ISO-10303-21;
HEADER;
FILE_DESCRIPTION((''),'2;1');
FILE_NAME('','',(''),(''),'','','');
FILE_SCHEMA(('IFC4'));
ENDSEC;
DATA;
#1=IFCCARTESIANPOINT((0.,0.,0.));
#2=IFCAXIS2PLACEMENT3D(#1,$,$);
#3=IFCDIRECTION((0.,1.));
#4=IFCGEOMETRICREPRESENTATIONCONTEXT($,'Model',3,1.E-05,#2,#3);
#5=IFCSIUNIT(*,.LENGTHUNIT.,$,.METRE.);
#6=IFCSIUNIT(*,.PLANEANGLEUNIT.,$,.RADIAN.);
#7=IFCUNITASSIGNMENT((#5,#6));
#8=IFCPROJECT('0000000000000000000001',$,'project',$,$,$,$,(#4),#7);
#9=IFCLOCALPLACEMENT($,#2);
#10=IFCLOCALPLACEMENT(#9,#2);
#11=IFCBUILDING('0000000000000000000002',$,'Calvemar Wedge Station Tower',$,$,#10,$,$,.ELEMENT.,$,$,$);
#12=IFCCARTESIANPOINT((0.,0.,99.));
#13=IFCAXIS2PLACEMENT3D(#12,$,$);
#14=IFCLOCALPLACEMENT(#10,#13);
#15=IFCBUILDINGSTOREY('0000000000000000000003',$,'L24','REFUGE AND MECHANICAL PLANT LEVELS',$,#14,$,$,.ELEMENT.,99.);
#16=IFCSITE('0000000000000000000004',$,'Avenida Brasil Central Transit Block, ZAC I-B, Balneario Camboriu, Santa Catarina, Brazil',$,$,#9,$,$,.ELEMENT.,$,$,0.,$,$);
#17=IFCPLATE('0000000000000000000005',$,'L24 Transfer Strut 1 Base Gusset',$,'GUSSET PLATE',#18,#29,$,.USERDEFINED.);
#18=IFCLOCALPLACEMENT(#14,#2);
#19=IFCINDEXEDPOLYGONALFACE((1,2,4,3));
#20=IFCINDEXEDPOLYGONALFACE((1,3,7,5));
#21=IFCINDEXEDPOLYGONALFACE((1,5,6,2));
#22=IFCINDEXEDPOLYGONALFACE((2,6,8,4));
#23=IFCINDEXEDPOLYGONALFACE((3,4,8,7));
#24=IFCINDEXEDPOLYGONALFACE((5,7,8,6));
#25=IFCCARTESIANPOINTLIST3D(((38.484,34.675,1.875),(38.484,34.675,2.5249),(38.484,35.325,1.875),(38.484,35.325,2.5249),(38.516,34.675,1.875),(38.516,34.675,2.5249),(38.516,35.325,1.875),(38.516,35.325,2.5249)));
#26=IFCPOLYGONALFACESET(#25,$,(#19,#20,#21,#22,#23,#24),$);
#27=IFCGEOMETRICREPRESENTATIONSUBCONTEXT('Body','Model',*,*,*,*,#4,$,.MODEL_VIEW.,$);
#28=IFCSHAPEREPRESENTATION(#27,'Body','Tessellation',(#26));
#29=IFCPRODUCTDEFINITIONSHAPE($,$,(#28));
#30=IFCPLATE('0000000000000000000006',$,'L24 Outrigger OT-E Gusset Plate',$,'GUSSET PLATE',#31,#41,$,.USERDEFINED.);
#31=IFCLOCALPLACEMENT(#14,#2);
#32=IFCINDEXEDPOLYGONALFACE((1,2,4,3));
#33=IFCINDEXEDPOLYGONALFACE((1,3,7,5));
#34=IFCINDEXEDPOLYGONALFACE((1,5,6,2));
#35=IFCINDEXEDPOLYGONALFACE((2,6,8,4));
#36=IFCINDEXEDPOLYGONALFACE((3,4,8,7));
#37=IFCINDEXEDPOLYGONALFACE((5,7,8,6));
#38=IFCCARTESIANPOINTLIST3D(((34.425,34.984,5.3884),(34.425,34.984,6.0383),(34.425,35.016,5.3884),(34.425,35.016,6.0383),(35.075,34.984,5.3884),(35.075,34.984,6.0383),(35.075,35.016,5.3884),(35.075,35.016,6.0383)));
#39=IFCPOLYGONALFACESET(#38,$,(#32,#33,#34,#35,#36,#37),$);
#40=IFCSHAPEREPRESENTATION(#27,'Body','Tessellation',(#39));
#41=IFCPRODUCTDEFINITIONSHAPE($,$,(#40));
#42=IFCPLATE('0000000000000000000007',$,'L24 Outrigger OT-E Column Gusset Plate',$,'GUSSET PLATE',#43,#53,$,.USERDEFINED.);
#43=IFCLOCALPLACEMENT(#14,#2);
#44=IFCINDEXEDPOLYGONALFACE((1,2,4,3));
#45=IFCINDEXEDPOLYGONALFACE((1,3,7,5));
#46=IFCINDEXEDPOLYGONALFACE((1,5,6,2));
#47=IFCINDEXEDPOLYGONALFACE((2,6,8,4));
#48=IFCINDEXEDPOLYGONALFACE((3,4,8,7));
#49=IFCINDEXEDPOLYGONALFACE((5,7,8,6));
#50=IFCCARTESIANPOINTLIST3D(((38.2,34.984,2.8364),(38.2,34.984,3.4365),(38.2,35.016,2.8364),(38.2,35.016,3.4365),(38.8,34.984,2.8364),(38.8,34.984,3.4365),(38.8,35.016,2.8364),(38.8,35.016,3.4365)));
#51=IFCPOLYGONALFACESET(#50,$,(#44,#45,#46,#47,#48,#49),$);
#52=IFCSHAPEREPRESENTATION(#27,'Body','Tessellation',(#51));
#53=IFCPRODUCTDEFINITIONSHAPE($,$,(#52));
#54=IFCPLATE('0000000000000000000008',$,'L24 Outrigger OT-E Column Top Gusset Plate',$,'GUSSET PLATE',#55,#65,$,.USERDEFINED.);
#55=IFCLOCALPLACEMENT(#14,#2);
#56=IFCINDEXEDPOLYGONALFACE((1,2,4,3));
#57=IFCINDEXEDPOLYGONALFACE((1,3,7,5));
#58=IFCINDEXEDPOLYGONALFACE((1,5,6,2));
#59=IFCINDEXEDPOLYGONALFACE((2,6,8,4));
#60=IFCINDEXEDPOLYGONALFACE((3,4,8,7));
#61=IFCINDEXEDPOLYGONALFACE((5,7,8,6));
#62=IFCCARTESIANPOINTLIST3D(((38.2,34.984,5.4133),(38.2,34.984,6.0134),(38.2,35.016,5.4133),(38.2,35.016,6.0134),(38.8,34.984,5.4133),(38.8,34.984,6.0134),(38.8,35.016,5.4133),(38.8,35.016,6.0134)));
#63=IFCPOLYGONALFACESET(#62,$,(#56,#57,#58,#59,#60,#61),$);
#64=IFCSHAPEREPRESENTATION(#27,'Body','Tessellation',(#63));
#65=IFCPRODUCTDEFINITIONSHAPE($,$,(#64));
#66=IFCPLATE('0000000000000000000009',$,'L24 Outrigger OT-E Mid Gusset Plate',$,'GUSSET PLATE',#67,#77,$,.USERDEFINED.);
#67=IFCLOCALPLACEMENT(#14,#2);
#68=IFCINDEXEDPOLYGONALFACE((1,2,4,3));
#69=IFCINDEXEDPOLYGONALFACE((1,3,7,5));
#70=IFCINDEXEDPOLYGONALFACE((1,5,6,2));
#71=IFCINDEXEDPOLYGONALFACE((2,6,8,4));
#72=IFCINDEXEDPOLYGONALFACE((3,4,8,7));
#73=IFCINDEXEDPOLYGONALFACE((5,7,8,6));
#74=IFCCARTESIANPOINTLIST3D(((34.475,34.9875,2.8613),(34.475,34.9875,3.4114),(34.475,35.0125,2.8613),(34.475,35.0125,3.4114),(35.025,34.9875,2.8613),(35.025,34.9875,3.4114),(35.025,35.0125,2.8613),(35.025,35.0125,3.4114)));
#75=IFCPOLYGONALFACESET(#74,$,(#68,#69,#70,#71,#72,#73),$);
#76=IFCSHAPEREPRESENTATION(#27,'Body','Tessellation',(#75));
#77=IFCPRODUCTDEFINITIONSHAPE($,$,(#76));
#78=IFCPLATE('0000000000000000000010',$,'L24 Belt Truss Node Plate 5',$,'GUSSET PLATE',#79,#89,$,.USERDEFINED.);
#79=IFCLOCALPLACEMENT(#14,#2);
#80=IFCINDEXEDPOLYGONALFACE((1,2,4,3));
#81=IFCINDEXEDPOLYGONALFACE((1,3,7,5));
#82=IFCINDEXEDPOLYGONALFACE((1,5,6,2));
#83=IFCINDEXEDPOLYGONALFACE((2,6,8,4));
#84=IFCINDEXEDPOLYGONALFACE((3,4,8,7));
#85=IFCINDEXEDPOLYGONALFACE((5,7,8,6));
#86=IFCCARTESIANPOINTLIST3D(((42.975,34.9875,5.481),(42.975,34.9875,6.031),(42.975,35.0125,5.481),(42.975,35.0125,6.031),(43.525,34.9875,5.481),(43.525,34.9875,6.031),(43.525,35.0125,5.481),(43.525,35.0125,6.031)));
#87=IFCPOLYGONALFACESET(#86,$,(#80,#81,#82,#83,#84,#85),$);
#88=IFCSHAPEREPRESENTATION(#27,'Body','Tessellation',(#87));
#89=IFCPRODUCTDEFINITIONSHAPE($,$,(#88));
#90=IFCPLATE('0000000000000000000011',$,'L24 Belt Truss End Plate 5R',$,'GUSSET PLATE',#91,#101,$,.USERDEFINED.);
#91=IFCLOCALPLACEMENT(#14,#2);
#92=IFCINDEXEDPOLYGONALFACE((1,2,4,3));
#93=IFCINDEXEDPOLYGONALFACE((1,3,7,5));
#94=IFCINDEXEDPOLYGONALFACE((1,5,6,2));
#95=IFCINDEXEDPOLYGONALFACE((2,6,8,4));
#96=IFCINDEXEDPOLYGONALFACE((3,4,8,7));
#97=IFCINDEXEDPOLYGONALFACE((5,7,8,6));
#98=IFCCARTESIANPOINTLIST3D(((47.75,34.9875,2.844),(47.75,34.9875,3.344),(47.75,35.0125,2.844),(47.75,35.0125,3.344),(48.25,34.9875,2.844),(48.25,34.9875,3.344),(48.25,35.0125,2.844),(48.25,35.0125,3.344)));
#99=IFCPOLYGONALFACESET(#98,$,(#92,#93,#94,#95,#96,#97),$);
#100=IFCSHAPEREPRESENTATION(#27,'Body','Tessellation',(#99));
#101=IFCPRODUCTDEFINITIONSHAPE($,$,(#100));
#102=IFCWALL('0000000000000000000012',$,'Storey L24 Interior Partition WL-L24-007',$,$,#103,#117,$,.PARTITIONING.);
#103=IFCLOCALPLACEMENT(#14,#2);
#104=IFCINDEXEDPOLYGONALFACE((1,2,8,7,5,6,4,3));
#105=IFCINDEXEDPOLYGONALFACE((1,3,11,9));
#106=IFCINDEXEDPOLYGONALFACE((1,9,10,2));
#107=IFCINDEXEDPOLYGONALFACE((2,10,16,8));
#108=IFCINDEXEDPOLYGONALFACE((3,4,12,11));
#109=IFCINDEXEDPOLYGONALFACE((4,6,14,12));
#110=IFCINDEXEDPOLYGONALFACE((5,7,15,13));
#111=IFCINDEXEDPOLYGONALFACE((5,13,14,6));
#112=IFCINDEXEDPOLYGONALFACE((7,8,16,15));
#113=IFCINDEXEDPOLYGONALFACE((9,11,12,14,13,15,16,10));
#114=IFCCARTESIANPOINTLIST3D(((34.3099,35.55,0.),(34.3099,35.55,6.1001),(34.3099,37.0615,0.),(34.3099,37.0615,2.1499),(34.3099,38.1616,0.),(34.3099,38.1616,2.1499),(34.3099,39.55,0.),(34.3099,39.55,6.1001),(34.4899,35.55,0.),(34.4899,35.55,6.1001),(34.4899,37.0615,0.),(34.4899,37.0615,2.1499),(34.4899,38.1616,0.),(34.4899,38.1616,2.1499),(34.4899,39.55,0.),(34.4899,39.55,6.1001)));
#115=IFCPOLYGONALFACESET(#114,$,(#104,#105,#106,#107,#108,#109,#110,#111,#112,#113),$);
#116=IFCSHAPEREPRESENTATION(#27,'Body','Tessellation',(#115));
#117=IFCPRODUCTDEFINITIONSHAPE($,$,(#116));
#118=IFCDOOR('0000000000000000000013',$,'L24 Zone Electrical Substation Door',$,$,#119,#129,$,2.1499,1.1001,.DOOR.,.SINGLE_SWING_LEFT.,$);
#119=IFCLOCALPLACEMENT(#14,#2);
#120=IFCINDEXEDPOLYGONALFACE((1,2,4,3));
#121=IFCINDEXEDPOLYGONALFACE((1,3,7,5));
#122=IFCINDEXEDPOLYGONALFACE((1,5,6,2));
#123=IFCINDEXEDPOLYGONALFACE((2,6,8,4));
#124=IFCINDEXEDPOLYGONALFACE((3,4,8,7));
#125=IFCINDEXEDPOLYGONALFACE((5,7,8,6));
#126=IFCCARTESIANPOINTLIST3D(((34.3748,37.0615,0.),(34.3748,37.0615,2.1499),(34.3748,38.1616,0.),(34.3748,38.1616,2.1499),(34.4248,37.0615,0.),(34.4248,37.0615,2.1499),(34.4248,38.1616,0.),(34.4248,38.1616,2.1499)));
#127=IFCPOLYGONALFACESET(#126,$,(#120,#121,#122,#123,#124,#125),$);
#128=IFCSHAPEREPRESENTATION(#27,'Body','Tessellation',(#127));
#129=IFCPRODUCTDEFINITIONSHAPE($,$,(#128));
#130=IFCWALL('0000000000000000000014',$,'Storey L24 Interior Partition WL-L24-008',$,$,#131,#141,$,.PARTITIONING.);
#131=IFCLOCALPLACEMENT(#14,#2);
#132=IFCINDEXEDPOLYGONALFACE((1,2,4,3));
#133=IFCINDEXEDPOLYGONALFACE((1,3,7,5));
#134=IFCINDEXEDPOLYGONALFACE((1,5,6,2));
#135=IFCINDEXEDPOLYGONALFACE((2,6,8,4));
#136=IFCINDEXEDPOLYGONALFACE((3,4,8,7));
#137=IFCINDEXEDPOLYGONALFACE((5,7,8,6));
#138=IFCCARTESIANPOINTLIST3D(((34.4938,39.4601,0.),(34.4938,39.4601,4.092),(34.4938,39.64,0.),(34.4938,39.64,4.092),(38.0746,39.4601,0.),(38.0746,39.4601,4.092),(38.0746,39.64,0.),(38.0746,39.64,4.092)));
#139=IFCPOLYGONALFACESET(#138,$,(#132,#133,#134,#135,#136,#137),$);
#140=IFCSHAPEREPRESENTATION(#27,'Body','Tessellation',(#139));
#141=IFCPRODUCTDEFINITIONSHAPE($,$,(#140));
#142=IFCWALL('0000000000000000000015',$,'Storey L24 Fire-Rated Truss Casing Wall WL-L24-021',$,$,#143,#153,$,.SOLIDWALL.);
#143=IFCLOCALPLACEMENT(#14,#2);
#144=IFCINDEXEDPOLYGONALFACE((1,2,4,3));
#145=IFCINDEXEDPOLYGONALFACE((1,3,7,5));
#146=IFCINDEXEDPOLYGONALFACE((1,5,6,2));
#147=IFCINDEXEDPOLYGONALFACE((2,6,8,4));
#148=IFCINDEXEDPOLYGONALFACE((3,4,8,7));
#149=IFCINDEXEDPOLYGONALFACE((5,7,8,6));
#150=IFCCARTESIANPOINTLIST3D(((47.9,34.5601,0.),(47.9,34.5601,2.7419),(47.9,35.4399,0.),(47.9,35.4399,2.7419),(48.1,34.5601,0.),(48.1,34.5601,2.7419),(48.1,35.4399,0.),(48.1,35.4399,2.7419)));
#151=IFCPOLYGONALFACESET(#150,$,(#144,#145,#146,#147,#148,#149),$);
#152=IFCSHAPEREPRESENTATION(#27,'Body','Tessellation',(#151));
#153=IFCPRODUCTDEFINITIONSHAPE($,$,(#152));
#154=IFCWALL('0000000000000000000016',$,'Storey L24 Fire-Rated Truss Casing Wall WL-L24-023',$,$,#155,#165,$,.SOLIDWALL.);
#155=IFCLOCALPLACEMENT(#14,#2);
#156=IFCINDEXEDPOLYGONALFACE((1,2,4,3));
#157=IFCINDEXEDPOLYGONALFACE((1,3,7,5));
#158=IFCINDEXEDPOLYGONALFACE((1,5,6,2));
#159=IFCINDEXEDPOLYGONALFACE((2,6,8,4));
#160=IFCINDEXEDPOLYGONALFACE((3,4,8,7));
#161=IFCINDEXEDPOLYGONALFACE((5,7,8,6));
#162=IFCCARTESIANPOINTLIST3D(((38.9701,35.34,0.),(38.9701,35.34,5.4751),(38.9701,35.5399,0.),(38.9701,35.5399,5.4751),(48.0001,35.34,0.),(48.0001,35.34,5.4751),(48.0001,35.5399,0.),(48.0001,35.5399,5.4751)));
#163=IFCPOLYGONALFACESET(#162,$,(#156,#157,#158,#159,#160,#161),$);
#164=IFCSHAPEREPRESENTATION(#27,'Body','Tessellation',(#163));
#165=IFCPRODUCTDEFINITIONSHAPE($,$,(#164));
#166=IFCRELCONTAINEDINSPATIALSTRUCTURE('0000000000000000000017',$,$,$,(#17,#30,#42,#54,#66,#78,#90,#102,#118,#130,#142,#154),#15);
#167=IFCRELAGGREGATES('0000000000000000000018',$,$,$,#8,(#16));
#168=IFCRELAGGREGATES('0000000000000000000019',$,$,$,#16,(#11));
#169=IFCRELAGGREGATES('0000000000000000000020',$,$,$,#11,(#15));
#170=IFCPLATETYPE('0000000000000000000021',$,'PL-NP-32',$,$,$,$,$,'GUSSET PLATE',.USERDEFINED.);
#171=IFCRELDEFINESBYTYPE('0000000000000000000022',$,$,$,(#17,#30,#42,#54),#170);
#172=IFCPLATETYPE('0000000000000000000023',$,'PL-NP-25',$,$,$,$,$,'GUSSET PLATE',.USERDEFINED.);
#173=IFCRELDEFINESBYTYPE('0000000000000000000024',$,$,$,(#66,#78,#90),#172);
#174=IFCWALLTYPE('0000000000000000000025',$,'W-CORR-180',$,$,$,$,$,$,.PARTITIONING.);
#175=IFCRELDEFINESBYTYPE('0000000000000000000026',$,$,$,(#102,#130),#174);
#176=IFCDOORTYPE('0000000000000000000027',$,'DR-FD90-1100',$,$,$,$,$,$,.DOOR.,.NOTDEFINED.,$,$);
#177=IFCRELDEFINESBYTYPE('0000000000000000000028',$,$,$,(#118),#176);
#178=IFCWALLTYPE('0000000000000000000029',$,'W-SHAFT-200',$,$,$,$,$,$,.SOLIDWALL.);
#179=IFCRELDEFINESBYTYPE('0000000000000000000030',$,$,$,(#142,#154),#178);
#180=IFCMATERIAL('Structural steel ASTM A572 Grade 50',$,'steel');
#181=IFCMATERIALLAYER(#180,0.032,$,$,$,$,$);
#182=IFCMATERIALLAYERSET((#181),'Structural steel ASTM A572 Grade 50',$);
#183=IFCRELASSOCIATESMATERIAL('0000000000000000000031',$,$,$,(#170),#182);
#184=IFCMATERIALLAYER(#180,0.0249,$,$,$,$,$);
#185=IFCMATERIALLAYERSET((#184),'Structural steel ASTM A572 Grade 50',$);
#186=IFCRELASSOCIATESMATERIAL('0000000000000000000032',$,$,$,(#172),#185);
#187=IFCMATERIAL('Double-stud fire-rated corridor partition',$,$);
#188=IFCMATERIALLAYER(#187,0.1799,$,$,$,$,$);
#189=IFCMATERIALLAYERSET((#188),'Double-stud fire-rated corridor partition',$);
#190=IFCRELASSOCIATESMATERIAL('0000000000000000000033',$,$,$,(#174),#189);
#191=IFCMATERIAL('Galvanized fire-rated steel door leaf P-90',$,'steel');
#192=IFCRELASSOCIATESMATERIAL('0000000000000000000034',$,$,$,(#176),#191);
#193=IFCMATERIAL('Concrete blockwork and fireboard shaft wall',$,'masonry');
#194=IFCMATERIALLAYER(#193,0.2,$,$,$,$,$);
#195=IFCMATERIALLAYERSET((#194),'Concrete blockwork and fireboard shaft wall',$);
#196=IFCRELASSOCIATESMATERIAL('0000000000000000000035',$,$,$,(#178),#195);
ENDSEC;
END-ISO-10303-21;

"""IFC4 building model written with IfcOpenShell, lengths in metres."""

from ifc_helpers import new_model, si_unit, direction, frame, frame_2d, origin, origin_2d, place, context, subcontext, project, spatial, rectangle, extrude, source, transform, mapped, material, layer, layer_set, type_object, element, fill, save


model = new_model("IFC4")

# Units and contexts
model_context = context("Model", 3, precision=1e-05, world=origin(), true_north=direction((0.0, 1.0)))
body_context = subcontext(model_context, "Body", "Model", "MODEL_VIEW")
ifc_project = project(units=[si_unit("LENGTHUNIT", "METRE"), si_unit("PLANEANGLEUNIT", "RADIAN")], contexts=[model_context])

# Site, building, storey
site_placement = place(None, origin())
site = spatial("IfcSite", under=ifc_project, at=site_placement, Name="Avenida Brasil Central Transit Block, ZAC I-B, Balneario Camboriu, Santa Catarina, Brazil", CompositionType="ELEMENT", RefElevation=0.0)
building_placement = place(site_placement, origin())
building = spatial("IfcBuilding", under=site, at=building_placement, Name="Calvemar Wedge Station Tower", CompositionType="ELEMENT")
storey_placement = place(building_placement, frame((0.0, 0.0, 99.0)))
storey = spatial("IfcBuildingStorey", under=building, at=storey_placement, Name="L24", Description="REFUGE AND MECHANICAL PLANT LEVELS", CompositionType="ELEMENT", Elevation=99.0)

# Shared definitions
ifc_material_1 = material(Name="Structural steel ASTM A572 Grade 50", Category="steel")

# Plates
ifc_layer_1 = layer(ifc_material_1, 0.032)
ifc_layer_set_1 = layer_set([ifc_layer_1], Name="Structural steel ASTM A572 Grade 50")
plate_type_1 = type_object("IfcPlateType", Name="PL-NP-32", ElementType="GUSSET PLATE", PredefinedType="USERDEFINED", material=ifc_layer_set_1)
shared_shape_1 = source(origin(), body_context, "Body", "SweptSolid", [
    extrude(rectangle(XDim=0.6499, YDim=0.032, at=origin_2d()), origin(), (0.0, 0.0, 1.0), 0.6499),
])
for number, where, z_axis, x_axis, name in (
    (1, (38.5, 35.0, 1.875), (0.0, 0.0, 1.0), (0.0, 1.0, 0.0), "L24 Transfer Strut 1 Base Gusset"),
    (2, (34.75, 35.0, 5.3884), (0.0, 0.0, 1.0), (1.0, 0.0, 0.0), "L24 Outrigger OT-E Gusset Plate"),
):
    element("IfcPlate", number, at=place(storey_placement, frame(where, z_axis=z_axis, x_axis=x_axis)), inside=storey, type_object=plate_type_1, Name=name, ObjectType="GUSSET PLATE", PredefinedType="USERDEFINED", context=body_context, shape_type="MappedRepresentation", body=[
        mapped(shared_shape_1, transform((0.0, 0.0, 0.0), scale=1.0)),
    ])
shared_shape_2 = source(origin(), body_context, "Body", "SweptSolid", [
    extrude(rectangle(XDim=0.6001, YDim=0.032, at=origin_2d()), origin(), (0.0, 0.0, 1.0), 0.6001),
])
for number, where, z_axis, x_axis, name in (
    (3, (38.5, 35.0, 2.8364), (0.0, 0.0, 1.0), (1.0, 0.0, 0.0), "L24 Outrigger OT-E Column Gusset Plate"),
    (4, (38.5, 35.0, 5.4133), (0.0, 0.0, 1.0), (1.0, 0.0, 0.0), "L24 Outrigger OT-E Column Top Gusset Plate"),
):
    element("IfcPlate", number, at=place(storey_placement, frame(where, z_axis=z_axis, x_axis=x_axis)), inside=storey, type_object=plate_type_1, Name=name, ObjectType="GUSSET PLATE", PredefinedType="USERDEFINED", context=body_context, shape_type="MappedRepresentation", body=[
        mapped(shared_shape_2, transform((0.0, 0.0, 0.0), scale=1.0)),
    ])
ifc_layer_2 = layer(ifc_material_1, 0.0249)
ifc_layer_set_2 = layer_set([ifc_layer_2], Name="Structural steel ASTM A572 Grade 50")
plate_type_2 = type_object("IfcPlateType", Name="PL-NP-25", ElementType="GUSSET PLATE", PredefinedType="USERDEFINED", material=ifc_layer_set_2)
shared_shape_3 = source(origin(), body_context, "Body", "SweptSolid", [
    extrude(rectangle(XDim=0.55, YDim=0.0249, at=origin_2d()), origin(), (0.0, 0.0, 1.0), 0.55),
])
for number, where, z_axis, x_axis, name in (
    (5, (34.75, 35.0, 2.8613), (0.0, 0.0, 1.0), (1.0, 0.0, 0.0), "L24 Outrigger OT-E Mid Gusset Plate"),
    (6, (43.25, 35.0, 5.481), (0.0, 0.0, 1.0), (1.0, 0.0, 0.0), "L24 Belt Truss Node Plate 5"),
):
    element("IfcPlate", number, at=place(storey_placement, frame(where, z_axis=z_axis, x_axis=x_axis)), inside=storey, type_object=plate_type_2, Name=name, ObjectType="GUSSET PLATE", PredefinedType="USERDEFINED", context=body_context, shape_type="MappedRepresentation", body=[
        mapped(shared_shape_3, transform((0.0, 0.0, 0.0), scale=1.0)),
    ])
shared_shape_4 = source(origin(), body_context, "Body", "SweptSolid", [
    extrude(rectangle(XDim=0.5, YDim=0.0249, at=origin_2d()), origin(), (0.0, 0.0, 1.0), 0.5),
])
plate_placement = place(storey_placement, frame((48.0, 35.0, 2.844), z_axis=(0.0, 0.0, 1.0), x_axis=(1.0, 0.0, 0.0)))
element("IfcPlate", 7, at=plate_placement, inside=storey, type_object=plate_type_2, Name="L24 Belt Truss End Plate 5R", ObjectType="GUSSET PLATE", PredefinedType="USERDEFINED", context=body_context, shape_type="MappedRepresentation", body=[
    mapped(shared_shape_4, transform((0.0, 0.0, 0.0), scale=1.0)),
])

# Wall, opening, door
ifc_material_2 = material(Name="Double-stud fire-rated corridor partition")
ifc_layer_3 = layer(ifc_material_2, 0.1799)
ifc_layer_set_3 = layer_set([ifc_layer_3], Name="Double-stud fire-rated corridor partition")
wall_type_1 = type_object("IfcWallType", Name="W-CORR-180", PredefinedType="PARTITIONING", material=ifc_layer_set_3)
wall_1_placement = place(storey_placement, frame((34.3999, 39.55, 0.0), z_axis=(0.0, 0.0, 1.0), x_axis=(0.0, -1.0, 0.0)))
wall_1 = element("IfcWall", 8, at=wall_1_placement, inside=storey, type_object=wall_type_1, Name="Storey L24 Interior Partition WL-L24-007", PredefinedType="PARTITIONING", context=body_context, shape_type="SweptSolid", body=[
    extrude(rectangle(XDim=4.0, YDim=0.1799, at=frame_2d((2.0, 0.0))), origin(), (0.0, 0.0, 1.0), 6.1001),
])
shared_shape_5 = source(origin(), body_context, "Body", "SweptSolid", [
    extrude(rectangle(XDim=1.1001, YDim=2.1499, at=frame_2d((0.55, 1.075))), frame((0.0, 0.1001, 0.0), z_axis=(0.0, -1.0, 0.0), x_axis=(1.0, 0.0, 0.0)), (0.0, 0.0, 1.0), 0.2),
])
opening_placement = place(wall_1_placement, frame((1.3884, 0.0, 0.0)))
opening = element("IfcOpeningElement", 9, at=opening_placement, cuts=wall_1, PredefinedType="OPENING", context=body_context, shape_type="MappedRepresentation", body=[
    mapped(shared_shape_5, transform((0.0, 0.0, 0.0), scale=1.0)),
])
ifc_material_3 = material(Name="Galvanized fire-rated steel door leaf P-90", Category="steel")
door_type = type_object("IfcDoorType", Name="DR-FD90-1100", OperationType="NOTDEFINED", PredefinedType="DOOR", material=ifc_material_3)
shared_shape_6 = source(origin(), body_context, "Body", "SweptSolid", [
    extrude(rectangle(XDim=1.1001, YDim=2.1499, at=frame_2d((0.55, 1.075))), frame((0.0, 0.0249, 0.0), z_axis=(0.0, -1.0, 0.0), x_axis=(1.0, 0.0, 0.0)), (0.0, 0.0, 1.0), 0.05),
])
door_placement = place(opening_placement, origin())
door = element("IfcDoor", 10, at=door_placement, inside=storey, type_object=door_type, Name="L24 Zone Electrical Substation Door", OperationType="SINGLE_SWING_LEFT", OverallHeight=2.1499, OverallWidth=1.1001, PredefinedType="DOOR", context=body_context, shape_type="MappedRepresentation", body=[
    mapped(shared_shape_6, transform((0.0, 0.0, 0.0), scale=1.0)),
])
fill(opening, door)

# Walls
wall_2_placement = place(storey_placement, frame((38.0747, 39.55, 0.0), z_axis=(0.0, 0.0, 1.0), x_axis=(-1.0, 0.0, 0.0)))
element("IfcWall", 11, at=wall_2_placement, inside=storey, type_object=wall_type_1, Name="Storey L24 Interior Partition WL-L24-008", PredefinedType="PARTITIONING", context=body_context, shape_type="SweptSolid", body=[
    extrude(rectangle(XDim=3.5808, YDim=0.1799, at=frame_2d((1.7905, 0.0))), origin(), (0.0, 0.0, 1.0), 4.092),
])
ifc_material_4 = material(Name="Concrete blockwork and fireboard shaft wall", Category="masonry")
ifc_layer_4 = layer(ifc_material_4, 0.2)
ifc_layer_set_4 = layer_set([ifc_layer_4], Name="Concrete blockwork and fireboard shaft wall")
wall_type_2 = type_object("IfcWallType", Name="W-SHAFT-200", PredefinedType="SOLIDWALL", material=ifc_layer_set_4)
wall_3_placement = place(storey_placement, frame((48.0, 35.4399, 0.0), z_axis=(0.0, 0.0, 1.0), x_axis=(0.0, -1.0, 0.0)))
element("IfcWall", 12, at=wall_3_placement, inside=storey, type_object=wall_type_2, Name="Storey L24 Fire-Rated Truss Casing Wall WL-L24-021", PredefinedType="SOLIDWALL", context=body_context, shape_type="SweptSolid", body=[
    extrude(rectangle(XDim=0.8799, YDim=0.2, at=frame_2d((0.4399, 0.0))), origin(), (0.0, 0.0, 1.0), 2.7419),
])
wall_4_placement = place(storey_placement, frame((38.97, 35.4399, 0.0), z_axis=(0.0, 0.0, 1.0), x_axis=(1.0, 0.0, 0.0)))
element("IfcWall", 13, at=wall_4_placement, inside=storey, type_object=wall_type_2, Name="Storey L24 Fire-Rated Truss Casing Wall WL-L24-023", PredefinedType="SOLIDWALL", context=body_context, shape_type="SweptSolid", body=[
    extrude(rectangle(XDim=9.03, YDim=0.2, at=frame_2d((4.5151, 0.0))), origin(), (0.0, 0.0, 1.0), 5.4751),
])

save(model, "model.ifc")
